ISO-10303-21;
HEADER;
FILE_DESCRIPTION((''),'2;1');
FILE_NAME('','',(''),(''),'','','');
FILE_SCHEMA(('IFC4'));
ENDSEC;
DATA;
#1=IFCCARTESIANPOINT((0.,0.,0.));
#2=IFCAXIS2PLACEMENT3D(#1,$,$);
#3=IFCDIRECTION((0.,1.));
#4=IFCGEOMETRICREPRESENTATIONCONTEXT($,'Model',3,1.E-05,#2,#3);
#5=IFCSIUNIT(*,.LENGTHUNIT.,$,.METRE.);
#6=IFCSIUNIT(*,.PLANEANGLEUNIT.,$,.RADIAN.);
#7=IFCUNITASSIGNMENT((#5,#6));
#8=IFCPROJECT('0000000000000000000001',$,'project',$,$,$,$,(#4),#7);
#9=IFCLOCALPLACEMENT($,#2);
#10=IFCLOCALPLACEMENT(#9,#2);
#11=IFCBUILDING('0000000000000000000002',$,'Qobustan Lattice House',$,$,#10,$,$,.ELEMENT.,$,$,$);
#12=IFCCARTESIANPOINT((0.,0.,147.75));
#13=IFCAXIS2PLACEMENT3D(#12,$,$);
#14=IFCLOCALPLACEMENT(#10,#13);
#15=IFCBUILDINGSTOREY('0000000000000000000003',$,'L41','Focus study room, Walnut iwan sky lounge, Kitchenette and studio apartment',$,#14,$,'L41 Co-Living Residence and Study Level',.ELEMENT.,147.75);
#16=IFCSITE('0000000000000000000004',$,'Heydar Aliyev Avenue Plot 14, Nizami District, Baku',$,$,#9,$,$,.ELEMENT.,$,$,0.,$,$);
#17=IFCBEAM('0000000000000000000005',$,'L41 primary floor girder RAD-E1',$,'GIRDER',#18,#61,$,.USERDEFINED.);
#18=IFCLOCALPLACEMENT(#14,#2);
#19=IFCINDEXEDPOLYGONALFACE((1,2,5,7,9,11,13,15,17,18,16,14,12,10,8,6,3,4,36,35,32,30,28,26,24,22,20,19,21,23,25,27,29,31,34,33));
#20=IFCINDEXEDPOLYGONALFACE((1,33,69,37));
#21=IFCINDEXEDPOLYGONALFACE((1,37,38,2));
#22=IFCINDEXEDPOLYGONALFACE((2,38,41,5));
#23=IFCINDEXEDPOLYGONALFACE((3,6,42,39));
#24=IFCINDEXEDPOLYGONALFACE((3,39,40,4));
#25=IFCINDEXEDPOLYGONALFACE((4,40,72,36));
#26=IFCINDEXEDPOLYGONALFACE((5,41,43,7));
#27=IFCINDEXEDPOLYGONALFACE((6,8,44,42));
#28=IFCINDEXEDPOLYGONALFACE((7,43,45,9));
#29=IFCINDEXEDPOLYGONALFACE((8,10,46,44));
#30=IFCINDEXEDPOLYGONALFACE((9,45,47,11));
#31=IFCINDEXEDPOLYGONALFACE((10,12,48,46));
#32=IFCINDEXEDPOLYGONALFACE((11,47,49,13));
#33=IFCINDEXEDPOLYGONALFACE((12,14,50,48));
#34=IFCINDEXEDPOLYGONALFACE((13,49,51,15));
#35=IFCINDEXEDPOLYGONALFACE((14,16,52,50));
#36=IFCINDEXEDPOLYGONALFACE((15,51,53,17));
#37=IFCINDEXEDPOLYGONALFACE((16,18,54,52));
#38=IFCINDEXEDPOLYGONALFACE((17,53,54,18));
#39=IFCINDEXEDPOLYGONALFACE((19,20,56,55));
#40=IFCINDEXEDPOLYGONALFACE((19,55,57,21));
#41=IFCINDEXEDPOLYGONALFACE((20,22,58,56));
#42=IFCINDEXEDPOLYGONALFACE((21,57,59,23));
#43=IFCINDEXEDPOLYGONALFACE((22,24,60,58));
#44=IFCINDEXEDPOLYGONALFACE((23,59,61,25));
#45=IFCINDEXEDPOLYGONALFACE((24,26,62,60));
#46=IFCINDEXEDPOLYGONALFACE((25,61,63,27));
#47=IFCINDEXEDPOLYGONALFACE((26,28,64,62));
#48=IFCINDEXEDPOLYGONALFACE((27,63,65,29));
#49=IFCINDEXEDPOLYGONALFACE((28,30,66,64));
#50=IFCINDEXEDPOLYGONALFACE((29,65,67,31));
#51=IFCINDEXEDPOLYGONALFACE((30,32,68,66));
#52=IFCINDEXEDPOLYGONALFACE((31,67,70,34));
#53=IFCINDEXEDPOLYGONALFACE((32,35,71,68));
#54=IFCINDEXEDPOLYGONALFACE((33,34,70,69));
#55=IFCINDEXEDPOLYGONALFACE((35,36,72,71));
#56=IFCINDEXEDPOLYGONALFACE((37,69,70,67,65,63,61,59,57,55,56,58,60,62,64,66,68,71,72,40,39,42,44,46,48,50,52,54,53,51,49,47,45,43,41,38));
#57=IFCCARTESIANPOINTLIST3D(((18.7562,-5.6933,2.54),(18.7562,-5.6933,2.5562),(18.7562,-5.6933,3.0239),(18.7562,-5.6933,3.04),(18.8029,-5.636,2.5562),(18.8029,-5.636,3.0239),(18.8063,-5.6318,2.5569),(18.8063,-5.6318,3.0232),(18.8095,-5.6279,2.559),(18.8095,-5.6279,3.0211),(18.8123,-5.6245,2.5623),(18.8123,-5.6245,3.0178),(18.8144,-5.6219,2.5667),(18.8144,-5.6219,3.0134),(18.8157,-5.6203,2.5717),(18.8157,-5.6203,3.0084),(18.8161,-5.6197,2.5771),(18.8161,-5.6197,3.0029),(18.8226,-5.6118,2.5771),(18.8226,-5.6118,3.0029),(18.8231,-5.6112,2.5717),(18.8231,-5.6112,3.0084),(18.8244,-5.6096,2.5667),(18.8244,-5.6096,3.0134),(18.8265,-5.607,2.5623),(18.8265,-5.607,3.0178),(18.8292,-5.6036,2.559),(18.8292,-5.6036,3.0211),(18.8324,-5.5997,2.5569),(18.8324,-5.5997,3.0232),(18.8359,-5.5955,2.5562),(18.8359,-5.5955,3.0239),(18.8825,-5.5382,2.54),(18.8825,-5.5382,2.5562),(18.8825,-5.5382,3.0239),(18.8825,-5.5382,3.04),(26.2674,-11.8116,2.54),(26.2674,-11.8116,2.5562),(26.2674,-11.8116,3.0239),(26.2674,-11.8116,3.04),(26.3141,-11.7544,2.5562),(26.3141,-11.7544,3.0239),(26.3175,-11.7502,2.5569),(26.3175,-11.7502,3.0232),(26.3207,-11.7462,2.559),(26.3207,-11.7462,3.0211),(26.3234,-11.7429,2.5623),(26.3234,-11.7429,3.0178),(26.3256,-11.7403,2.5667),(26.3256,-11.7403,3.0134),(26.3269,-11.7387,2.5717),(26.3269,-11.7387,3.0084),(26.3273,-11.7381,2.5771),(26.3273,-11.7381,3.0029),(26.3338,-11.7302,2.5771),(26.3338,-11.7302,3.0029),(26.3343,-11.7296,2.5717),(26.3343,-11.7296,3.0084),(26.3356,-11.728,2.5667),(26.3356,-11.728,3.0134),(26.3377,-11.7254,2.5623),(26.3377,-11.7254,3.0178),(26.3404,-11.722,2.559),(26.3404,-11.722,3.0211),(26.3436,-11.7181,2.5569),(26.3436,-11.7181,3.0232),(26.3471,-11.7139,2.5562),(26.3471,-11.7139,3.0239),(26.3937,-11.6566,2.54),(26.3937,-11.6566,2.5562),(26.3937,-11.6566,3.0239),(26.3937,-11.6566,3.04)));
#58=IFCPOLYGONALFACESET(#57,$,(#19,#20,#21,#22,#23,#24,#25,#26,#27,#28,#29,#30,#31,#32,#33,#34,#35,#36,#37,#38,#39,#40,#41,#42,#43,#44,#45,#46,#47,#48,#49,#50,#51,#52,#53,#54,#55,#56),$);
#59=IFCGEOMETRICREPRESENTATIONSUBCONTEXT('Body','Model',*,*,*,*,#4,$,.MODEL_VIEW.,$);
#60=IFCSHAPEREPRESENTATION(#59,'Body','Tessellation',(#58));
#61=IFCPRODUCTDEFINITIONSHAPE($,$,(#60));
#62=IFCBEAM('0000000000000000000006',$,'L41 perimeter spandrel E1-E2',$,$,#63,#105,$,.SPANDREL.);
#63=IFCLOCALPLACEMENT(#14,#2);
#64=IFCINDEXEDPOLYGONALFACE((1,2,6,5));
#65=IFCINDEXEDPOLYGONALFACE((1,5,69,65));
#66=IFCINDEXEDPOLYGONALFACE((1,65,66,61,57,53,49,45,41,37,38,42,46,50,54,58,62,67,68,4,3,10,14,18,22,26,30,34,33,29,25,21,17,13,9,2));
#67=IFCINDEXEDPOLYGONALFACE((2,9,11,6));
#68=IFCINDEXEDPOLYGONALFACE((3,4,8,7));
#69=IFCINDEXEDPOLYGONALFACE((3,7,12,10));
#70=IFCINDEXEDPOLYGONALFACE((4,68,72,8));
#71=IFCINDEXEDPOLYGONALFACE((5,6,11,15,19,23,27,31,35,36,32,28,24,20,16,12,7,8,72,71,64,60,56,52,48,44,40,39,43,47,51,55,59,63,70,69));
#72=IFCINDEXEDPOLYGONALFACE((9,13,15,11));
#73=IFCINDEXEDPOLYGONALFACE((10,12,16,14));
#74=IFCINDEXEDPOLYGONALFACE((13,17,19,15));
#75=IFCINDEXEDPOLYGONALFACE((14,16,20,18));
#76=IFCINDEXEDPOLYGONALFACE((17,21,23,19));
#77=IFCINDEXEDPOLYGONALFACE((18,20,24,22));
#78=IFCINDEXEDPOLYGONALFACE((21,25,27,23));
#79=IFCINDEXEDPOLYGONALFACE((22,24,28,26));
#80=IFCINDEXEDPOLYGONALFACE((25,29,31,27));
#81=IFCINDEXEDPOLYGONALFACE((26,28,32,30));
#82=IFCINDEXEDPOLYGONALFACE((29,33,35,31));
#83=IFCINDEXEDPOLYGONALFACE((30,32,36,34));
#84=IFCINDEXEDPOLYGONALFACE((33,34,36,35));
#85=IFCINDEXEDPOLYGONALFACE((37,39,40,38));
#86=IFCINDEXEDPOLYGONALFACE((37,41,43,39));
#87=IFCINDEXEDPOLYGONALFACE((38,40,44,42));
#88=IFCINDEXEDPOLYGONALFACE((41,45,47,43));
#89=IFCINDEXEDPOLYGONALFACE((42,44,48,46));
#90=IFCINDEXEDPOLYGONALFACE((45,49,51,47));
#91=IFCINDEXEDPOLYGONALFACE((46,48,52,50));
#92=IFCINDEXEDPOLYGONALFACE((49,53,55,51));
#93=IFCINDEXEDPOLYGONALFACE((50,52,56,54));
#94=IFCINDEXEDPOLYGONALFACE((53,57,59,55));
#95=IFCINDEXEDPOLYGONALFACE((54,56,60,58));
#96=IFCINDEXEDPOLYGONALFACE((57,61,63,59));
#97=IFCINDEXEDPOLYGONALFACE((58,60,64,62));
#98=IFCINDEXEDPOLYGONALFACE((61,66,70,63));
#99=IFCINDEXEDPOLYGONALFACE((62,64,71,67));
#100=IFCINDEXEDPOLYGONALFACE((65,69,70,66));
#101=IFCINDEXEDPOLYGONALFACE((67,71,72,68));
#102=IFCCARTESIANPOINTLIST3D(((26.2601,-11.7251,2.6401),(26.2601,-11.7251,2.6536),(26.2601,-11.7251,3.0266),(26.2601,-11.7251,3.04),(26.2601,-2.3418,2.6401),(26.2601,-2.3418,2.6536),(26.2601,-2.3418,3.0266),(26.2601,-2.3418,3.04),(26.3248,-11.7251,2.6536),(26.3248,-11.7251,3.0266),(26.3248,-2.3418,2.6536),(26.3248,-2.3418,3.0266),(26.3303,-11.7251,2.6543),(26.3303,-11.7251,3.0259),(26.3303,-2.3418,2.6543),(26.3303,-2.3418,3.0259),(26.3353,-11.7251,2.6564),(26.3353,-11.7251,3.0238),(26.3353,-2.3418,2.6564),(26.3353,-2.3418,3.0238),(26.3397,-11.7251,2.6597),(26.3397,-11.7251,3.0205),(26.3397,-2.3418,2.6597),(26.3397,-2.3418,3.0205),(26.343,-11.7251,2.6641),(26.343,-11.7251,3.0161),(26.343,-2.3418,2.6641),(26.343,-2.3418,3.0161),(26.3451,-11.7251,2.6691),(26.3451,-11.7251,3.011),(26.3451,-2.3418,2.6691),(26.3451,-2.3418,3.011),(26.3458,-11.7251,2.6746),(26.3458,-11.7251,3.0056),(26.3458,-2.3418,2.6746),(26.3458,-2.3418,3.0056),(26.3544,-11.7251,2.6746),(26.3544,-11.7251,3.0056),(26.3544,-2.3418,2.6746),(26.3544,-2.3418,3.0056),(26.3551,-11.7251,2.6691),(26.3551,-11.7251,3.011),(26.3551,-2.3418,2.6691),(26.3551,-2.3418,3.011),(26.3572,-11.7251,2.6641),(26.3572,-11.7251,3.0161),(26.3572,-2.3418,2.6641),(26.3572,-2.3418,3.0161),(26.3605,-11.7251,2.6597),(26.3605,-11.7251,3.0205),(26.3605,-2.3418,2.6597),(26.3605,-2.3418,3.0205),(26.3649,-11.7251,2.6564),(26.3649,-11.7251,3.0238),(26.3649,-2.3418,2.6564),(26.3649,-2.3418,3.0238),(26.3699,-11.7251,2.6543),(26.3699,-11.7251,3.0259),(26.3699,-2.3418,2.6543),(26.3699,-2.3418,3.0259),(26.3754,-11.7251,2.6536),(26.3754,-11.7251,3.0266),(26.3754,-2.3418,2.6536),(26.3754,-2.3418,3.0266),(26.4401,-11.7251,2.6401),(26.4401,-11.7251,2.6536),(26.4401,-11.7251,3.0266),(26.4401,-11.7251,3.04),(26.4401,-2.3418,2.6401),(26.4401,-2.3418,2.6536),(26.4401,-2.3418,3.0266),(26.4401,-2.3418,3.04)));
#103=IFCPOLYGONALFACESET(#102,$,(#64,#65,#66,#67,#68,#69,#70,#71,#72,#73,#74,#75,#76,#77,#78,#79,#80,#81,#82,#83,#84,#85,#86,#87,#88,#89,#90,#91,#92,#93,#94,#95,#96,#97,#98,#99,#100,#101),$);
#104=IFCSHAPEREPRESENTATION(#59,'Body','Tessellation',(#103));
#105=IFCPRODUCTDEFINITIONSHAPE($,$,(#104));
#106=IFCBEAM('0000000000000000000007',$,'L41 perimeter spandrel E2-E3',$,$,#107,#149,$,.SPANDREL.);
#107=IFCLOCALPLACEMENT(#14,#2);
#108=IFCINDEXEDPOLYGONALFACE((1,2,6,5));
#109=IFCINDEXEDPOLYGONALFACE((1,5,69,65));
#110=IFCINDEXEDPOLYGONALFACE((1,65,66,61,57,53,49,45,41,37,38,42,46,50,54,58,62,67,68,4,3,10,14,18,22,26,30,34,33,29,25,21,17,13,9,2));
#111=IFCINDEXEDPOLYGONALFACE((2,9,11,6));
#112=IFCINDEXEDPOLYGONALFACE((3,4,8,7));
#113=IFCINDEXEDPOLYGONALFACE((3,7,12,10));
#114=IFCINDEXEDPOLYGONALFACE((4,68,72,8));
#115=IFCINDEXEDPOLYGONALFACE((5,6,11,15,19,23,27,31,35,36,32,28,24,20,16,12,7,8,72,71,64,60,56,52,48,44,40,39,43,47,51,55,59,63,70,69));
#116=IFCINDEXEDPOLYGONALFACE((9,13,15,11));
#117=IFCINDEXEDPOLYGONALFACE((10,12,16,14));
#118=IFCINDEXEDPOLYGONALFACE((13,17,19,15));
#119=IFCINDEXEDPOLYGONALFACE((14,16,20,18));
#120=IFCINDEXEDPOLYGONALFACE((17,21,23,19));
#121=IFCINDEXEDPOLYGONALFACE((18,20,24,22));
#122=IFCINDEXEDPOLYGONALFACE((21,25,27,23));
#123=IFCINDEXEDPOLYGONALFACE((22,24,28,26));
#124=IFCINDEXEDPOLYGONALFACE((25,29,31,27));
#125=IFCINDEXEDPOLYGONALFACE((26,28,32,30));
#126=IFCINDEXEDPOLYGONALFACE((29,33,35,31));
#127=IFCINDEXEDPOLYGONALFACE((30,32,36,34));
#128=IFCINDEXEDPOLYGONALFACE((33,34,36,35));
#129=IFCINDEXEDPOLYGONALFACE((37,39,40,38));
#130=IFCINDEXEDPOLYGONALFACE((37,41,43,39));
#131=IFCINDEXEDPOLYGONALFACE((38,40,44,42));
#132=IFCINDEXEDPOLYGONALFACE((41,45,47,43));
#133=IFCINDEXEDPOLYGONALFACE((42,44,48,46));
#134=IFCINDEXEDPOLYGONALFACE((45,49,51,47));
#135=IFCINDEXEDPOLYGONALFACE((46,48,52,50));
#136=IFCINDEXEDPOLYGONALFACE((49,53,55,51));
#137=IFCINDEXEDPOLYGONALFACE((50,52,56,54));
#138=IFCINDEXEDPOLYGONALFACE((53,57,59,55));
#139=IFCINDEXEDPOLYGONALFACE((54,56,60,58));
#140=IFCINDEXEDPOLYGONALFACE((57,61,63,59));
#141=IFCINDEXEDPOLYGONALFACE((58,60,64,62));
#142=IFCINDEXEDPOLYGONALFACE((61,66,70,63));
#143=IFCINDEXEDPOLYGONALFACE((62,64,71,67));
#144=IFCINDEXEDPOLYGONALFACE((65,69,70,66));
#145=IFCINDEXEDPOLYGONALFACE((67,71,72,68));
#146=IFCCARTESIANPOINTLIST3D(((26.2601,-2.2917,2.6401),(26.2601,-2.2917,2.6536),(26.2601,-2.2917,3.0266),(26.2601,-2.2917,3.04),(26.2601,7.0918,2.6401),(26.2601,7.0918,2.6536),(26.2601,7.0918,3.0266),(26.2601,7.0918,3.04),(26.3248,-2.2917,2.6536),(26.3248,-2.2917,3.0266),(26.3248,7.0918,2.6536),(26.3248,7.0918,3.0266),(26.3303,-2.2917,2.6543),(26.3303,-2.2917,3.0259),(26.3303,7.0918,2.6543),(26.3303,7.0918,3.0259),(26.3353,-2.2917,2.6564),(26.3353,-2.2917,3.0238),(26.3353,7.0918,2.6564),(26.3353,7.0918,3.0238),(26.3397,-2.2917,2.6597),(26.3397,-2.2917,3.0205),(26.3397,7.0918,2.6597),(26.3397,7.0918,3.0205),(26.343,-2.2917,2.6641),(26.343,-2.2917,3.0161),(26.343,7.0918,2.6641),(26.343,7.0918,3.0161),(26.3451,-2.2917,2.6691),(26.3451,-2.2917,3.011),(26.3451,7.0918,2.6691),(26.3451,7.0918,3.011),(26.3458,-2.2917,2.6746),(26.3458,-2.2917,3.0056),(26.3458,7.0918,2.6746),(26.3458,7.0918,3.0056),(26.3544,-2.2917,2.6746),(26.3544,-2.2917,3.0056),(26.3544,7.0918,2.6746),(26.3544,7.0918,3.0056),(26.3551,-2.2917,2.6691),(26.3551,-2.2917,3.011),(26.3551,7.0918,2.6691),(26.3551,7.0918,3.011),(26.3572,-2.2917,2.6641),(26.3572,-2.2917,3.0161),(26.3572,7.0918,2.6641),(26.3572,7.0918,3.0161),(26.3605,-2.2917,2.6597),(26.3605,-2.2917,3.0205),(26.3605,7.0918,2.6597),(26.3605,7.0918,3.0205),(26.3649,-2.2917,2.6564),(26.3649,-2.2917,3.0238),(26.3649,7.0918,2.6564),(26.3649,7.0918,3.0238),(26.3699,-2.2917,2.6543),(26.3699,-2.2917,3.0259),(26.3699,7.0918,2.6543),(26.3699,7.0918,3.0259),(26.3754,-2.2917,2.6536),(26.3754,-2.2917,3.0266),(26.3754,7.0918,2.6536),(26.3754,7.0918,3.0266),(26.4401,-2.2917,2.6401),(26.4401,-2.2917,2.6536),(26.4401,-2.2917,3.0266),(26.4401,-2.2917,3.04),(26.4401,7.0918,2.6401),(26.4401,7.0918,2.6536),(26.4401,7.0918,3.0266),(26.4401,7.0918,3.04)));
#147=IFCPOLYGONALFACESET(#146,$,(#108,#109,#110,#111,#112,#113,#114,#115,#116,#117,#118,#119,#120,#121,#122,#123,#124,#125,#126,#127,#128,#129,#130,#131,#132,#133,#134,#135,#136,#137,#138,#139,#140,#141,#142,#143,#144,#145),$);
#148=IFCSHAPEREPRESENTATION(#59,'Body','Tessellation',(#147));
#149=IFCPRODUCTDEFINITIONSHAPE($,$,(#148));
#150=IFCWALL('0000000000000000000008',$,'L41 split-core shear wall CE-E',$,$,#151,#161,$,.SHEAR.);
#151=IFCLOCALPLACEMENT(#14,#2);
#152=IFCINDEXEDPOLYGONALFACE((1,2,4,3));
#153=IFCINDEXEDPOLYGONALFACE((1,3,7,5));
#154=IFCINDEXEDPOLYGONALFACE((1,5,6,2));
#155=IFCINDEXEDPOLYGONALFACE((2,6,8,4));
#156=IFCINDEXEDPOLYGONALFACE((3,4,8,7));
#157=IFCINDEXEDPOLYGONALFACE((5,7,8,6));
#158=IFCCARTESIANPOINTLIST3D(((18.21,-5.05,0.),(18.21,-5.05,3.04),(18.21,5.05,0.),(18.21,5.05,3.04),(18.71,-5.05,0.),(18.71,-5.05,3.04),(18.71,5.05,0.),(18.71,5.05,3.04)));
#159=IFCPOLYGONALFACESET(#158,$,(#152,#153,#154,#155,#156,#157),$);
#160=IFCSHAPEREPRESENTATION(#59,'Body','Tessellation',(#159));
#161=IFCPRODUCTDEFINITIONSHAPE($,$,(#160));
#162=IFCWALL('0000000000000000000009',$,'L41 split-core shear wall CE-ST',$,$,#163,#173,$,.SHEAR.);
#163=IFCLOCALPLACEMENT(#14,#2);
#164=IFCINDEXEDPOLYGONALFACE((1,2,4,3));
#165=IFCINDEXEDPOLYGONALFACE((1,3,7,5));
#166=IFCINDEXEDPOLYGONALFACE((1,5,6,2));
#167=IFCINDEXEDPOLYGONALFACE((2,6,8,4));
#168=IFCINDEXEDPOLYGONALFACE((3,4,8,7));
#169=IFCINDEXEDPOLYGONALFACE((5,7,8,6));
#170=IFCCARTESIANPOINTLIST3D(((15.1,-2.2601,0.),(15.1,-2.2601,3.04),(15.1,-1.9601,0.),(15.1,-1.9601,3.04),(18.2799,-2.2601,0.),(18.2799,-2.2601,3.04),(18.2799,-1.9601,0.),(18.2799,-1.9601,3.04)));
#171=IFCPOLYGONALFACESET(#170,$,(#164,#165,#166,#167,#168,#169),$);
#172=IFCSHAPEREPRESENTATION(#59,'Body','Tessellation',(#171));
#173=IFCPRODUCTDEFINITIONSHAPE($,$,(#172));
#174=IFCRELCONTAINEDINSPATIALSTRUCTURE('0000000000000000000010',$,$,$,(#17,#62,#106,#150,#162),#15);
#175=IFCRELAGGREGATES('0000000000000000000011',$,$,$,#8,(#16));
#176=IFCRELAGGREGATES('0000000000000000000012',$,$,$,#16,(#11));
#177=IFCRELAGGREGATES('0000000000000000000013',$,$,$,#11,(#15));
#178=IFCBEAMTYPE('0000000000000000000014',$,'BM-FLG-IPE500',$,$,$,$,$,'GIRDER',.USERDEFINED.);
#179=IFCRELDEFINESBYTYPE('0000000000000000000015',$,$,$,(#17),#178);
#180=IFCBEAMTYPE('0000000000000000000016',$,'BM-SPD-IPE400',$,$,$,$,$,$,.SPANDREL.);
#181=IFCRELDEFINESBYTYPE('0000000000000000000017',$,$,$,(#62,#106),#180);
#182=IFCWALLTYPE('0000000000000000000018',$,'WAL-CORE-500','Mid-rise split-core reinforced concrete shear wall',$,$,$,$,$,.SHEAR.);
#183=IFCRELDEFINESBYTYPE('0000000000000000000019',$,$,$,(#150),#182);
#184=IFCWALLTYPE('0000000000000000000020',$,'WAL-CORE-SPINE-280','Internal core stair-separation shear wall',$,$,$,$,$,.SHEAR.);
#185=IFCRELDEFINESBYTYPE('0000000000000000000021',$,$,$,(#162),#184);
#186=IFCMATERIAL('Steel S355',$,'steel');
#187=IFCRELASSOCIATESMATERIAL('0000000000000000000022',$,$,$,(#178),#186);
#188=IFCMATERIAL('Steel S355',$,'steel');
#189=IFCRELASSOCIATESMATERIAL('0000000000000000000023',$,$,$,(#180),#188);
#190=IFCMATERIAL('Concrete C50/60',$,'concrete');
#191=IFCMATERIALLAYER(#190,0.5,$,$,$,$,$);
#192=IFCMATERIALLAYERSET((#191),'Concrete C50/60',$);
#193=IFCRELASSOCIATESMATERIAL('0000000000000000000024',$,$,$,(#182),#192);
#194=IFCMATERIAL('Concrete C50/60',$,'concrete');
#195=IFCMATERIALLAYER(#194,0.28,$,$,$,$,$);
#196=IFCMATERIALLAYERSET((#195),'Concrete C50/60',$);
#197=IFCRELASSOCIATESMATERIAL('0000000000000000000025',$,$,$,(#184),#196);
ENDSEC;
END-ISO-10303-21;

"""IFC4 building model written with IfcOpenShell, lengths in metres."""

from ifc_helpers import new_model, si_unit, direction, frame, frame_2d, origin, origin_2d, place, context, subcontext, project, spatial, rectangle, i_section, extrude, material, layer, layer_set, material_profile, profile_set, type_object, element, save


model = new_model("IFC4")

# Units and contexts
model_context = context("Model", 3, precision=1e-05, world=origin(), true_north=direction((0.0, 1.0)))
body_context = subcontext(model_context, "Body", "Model", "MODEL_VIEW")
ifc_project = project(units=[si_unit("LENGTHUNIT", "METRE"), si_unit("PLANEANGLEUNIT", "RADIAN")], contexts=[model_context])

# Site, building, storey
site_placement = place(None, origin())
site = spatial("IfcSite", under=ifc_project, at=site_placement, Name="Heydar Aliyev Avenue Plot 14, Nizami District, Baku", CompositionType="ELEMENT", RefElevation=0.0)
building_placement = place(site_placement, origin())
building = spatial("IfcBuilding", under=site, at=building_placement, Name="Qobustan Lattice House", CompositionType="ELEMENT")
storey_placement = place(building_placement, frame((0.0, 0.0, 147.75)))
storey = spatial("IfcBuildingStorey", under=building, at=storey_placement, Name="L41", Description="Focus study room, Walnut iwan sky lounge, Kitchenette and studio apartment", LongName="L41 Co-Living Residence and Study Level", CompositionType="ELEMENT", Elevation=147.75)

# Beams
ifc_material_1 = material(Name="Steel S355", Category="steel")
ifc_material_profile_1 = material_profile(ifc_material_1, i_section(OverallWidth=0.2, OverallDepth=0.5, WebThickness=0.0103, FlangeThickness=0.0161, FilletRadius=0.021, at=origin_2d()), Name="IPE500")
ifc_profile_set_1 = profile_set([ifc_material_profile_1], Name="Steel S355")
beam_type_1 = type_object("IfcBeamType", Name="BM-FLG-IPE500", ElementType="GIRDER", PredefinedType="USERDEFINED", material=ifc_profile_set_1)
beam_1_placement = place(storey_placement, frame((26.3306, -11.7341, 2.79), z_axis=(-0.775329, 0.631558, 0.0), x_axis=(-0.631558, -0.775329, 0.0)))
element("IfcBeam", 1, at=beam_1_placement, inside=storey, type_object=beam_type_1, Name="L41 primary floor girder RAD-E1", ObjectType="GIRDER", PredefinedType="USERDEFINED", context=body_context, shape_type="SweptSolid", body=[
    extrude(i_section(OverallWidth=0.2, OverallDepth=0.5, WebThickness=0.0103, FlangeThickness=0.0161, FilletRadius=0.021, at=origin_2d()), origin(), (0.0, 0.0, 1.0), 9.6877),
])
ifc_material_2 = material(Name="Steel S355", Category="steel")
ifc_material_profile_2 = material_profile(ifc_material_2, i_section(OverallWidth=0.1799, OverallDepth=0.3999, WebThickness=0.0085, FlangeThickness=0.0134, FilletRadius=0.021, at=origin_2d()), Name="IPE400")
ifc_profile_set_2 = profile_set([ifc_material_profile_2], Name="Steel S355")
beam_type_2 = type_object("IfcBeamType", Name="BM-SPD-IPE400", PredefinedType="SPANDREL", material=ifc_profile_set_2)
beam_2_placement = place(storey_placement, frame((26.3501, -11.7251, 2.8401), z_axis=(0.0, 1.0, 0.0), x_axis=(-1.0, 0.0, 0.0)))
element("IfcBeam", 2, at=beam_2_placement, inside=storey, type_object=beam_type_2, Name="L41 perimeter spandrel E1-E2", PredefinedType="SPANDREL", context=body_context, shape_type="SweptSolid", body=[
    extrude(i_section(OverallWidth=0.1799, OverallDepth=0.3999, WebThickness=0.0085, FlangeThickness=0.0134, FilletRadius=0.021, at=origin_2d()), origin(), (0.0, 0.0, 1.0), 9.3833),
])
beam_3_placement = place(storey_placement, frame((26.3501, -2.2917, 2.8401), z_axis=(0.0, 1.0, 0.0), x_axis=(-1.0, 0.0, 0.0)))
element("IfcBeam", 3, at=beam_3_placement, inside=storey, type_object=beam_type_2, Name="L41 perimeter spandrel E2-E3", PredefinedType="SPANDREL", context=body_context, shape_type="SweptSolid", body=[
    extrude(i_section(OverallWidth=0.1799, OverallDepth=0.3999, WebThickness=0.0085, FlangeThickness=0.0134, FilletRadius=0.021, at=origin_2d()), origin(), (0.0, 0.0, 1.0), 9.3835),
])

# Walls
ifc_material_3 = material(Name="Concrete C50/60", Category="concrete")
ifc_layer_1 = layer(ifc_material_3, 0.5)
ifc_layer_set_1 = layer_set([ifc_layer_1], Name="Concrete C50/60")
wall_type_1 = type_object("IfcWallType", Name="WAL-CORE-500", Description="Mid-rise split-core reinforced concrete shear wall", PredefinedType="SHEAR", material=ifc_layer_set_1)
wall_1_placement = place(storey_placement, frame((18.46, -5.05, 0.0), z_axis=(0.0, 0.0, 1.0), x_axis=(0.0, 1.0, 0.0)))
element("IfcWall", 4, at=wall_1_placement, inside=storey, type_object=wall_type_1, Name="L41 split-core shear wall CE-E", PredefinedType="SHEAR", context=body_context, shape_type="SweptSolid", body=[
    extrude(rectangle(XDim=10.1001, YDim=0.5, at=frame_2d((5.05, 0.0))), origin(), (0.0, 0.0, 1.0), 3.04),
])
ifc_material_4 = material(Name="Concrete C50/60", Category="concrete")
ifc_layer_2 = layer(ifc_material_4, 0.28)
ifc_layer_set_2 = layer_set([ifc_layer_2], Name="Concrete C50/60")
wall_type_2 = type_object("IfcWallType", Name="WAL-CORE-SPINE-280", Description="Internal core stair-separation shear wall", PredefinedType="SHEAR", material=ifc_layer_set_2)
wall_2_placement = place(storey_placement, frame((15.1001, -2.1101, 0.0), z_axis=(0.0, 0.0, 1.0), x_axis=(1.0, 0.0, 0.0)))
element("IfcWall", 5, at=wall_2_placement, inside=storey, type_object=wall_type_2, Name="L41 split-core shear wall CE-ST", PredefinedType="SHEAR", context=body_context, shape_type="SweptSolid", body=[
    extrude(rectangle(XDim=3.1799, YDim=0.3, at=frame_2d((1.5898, 0.0))), origin(), (0.0, 0.0, 1.0), 3.04),
])

save(model, "model.ifc")
